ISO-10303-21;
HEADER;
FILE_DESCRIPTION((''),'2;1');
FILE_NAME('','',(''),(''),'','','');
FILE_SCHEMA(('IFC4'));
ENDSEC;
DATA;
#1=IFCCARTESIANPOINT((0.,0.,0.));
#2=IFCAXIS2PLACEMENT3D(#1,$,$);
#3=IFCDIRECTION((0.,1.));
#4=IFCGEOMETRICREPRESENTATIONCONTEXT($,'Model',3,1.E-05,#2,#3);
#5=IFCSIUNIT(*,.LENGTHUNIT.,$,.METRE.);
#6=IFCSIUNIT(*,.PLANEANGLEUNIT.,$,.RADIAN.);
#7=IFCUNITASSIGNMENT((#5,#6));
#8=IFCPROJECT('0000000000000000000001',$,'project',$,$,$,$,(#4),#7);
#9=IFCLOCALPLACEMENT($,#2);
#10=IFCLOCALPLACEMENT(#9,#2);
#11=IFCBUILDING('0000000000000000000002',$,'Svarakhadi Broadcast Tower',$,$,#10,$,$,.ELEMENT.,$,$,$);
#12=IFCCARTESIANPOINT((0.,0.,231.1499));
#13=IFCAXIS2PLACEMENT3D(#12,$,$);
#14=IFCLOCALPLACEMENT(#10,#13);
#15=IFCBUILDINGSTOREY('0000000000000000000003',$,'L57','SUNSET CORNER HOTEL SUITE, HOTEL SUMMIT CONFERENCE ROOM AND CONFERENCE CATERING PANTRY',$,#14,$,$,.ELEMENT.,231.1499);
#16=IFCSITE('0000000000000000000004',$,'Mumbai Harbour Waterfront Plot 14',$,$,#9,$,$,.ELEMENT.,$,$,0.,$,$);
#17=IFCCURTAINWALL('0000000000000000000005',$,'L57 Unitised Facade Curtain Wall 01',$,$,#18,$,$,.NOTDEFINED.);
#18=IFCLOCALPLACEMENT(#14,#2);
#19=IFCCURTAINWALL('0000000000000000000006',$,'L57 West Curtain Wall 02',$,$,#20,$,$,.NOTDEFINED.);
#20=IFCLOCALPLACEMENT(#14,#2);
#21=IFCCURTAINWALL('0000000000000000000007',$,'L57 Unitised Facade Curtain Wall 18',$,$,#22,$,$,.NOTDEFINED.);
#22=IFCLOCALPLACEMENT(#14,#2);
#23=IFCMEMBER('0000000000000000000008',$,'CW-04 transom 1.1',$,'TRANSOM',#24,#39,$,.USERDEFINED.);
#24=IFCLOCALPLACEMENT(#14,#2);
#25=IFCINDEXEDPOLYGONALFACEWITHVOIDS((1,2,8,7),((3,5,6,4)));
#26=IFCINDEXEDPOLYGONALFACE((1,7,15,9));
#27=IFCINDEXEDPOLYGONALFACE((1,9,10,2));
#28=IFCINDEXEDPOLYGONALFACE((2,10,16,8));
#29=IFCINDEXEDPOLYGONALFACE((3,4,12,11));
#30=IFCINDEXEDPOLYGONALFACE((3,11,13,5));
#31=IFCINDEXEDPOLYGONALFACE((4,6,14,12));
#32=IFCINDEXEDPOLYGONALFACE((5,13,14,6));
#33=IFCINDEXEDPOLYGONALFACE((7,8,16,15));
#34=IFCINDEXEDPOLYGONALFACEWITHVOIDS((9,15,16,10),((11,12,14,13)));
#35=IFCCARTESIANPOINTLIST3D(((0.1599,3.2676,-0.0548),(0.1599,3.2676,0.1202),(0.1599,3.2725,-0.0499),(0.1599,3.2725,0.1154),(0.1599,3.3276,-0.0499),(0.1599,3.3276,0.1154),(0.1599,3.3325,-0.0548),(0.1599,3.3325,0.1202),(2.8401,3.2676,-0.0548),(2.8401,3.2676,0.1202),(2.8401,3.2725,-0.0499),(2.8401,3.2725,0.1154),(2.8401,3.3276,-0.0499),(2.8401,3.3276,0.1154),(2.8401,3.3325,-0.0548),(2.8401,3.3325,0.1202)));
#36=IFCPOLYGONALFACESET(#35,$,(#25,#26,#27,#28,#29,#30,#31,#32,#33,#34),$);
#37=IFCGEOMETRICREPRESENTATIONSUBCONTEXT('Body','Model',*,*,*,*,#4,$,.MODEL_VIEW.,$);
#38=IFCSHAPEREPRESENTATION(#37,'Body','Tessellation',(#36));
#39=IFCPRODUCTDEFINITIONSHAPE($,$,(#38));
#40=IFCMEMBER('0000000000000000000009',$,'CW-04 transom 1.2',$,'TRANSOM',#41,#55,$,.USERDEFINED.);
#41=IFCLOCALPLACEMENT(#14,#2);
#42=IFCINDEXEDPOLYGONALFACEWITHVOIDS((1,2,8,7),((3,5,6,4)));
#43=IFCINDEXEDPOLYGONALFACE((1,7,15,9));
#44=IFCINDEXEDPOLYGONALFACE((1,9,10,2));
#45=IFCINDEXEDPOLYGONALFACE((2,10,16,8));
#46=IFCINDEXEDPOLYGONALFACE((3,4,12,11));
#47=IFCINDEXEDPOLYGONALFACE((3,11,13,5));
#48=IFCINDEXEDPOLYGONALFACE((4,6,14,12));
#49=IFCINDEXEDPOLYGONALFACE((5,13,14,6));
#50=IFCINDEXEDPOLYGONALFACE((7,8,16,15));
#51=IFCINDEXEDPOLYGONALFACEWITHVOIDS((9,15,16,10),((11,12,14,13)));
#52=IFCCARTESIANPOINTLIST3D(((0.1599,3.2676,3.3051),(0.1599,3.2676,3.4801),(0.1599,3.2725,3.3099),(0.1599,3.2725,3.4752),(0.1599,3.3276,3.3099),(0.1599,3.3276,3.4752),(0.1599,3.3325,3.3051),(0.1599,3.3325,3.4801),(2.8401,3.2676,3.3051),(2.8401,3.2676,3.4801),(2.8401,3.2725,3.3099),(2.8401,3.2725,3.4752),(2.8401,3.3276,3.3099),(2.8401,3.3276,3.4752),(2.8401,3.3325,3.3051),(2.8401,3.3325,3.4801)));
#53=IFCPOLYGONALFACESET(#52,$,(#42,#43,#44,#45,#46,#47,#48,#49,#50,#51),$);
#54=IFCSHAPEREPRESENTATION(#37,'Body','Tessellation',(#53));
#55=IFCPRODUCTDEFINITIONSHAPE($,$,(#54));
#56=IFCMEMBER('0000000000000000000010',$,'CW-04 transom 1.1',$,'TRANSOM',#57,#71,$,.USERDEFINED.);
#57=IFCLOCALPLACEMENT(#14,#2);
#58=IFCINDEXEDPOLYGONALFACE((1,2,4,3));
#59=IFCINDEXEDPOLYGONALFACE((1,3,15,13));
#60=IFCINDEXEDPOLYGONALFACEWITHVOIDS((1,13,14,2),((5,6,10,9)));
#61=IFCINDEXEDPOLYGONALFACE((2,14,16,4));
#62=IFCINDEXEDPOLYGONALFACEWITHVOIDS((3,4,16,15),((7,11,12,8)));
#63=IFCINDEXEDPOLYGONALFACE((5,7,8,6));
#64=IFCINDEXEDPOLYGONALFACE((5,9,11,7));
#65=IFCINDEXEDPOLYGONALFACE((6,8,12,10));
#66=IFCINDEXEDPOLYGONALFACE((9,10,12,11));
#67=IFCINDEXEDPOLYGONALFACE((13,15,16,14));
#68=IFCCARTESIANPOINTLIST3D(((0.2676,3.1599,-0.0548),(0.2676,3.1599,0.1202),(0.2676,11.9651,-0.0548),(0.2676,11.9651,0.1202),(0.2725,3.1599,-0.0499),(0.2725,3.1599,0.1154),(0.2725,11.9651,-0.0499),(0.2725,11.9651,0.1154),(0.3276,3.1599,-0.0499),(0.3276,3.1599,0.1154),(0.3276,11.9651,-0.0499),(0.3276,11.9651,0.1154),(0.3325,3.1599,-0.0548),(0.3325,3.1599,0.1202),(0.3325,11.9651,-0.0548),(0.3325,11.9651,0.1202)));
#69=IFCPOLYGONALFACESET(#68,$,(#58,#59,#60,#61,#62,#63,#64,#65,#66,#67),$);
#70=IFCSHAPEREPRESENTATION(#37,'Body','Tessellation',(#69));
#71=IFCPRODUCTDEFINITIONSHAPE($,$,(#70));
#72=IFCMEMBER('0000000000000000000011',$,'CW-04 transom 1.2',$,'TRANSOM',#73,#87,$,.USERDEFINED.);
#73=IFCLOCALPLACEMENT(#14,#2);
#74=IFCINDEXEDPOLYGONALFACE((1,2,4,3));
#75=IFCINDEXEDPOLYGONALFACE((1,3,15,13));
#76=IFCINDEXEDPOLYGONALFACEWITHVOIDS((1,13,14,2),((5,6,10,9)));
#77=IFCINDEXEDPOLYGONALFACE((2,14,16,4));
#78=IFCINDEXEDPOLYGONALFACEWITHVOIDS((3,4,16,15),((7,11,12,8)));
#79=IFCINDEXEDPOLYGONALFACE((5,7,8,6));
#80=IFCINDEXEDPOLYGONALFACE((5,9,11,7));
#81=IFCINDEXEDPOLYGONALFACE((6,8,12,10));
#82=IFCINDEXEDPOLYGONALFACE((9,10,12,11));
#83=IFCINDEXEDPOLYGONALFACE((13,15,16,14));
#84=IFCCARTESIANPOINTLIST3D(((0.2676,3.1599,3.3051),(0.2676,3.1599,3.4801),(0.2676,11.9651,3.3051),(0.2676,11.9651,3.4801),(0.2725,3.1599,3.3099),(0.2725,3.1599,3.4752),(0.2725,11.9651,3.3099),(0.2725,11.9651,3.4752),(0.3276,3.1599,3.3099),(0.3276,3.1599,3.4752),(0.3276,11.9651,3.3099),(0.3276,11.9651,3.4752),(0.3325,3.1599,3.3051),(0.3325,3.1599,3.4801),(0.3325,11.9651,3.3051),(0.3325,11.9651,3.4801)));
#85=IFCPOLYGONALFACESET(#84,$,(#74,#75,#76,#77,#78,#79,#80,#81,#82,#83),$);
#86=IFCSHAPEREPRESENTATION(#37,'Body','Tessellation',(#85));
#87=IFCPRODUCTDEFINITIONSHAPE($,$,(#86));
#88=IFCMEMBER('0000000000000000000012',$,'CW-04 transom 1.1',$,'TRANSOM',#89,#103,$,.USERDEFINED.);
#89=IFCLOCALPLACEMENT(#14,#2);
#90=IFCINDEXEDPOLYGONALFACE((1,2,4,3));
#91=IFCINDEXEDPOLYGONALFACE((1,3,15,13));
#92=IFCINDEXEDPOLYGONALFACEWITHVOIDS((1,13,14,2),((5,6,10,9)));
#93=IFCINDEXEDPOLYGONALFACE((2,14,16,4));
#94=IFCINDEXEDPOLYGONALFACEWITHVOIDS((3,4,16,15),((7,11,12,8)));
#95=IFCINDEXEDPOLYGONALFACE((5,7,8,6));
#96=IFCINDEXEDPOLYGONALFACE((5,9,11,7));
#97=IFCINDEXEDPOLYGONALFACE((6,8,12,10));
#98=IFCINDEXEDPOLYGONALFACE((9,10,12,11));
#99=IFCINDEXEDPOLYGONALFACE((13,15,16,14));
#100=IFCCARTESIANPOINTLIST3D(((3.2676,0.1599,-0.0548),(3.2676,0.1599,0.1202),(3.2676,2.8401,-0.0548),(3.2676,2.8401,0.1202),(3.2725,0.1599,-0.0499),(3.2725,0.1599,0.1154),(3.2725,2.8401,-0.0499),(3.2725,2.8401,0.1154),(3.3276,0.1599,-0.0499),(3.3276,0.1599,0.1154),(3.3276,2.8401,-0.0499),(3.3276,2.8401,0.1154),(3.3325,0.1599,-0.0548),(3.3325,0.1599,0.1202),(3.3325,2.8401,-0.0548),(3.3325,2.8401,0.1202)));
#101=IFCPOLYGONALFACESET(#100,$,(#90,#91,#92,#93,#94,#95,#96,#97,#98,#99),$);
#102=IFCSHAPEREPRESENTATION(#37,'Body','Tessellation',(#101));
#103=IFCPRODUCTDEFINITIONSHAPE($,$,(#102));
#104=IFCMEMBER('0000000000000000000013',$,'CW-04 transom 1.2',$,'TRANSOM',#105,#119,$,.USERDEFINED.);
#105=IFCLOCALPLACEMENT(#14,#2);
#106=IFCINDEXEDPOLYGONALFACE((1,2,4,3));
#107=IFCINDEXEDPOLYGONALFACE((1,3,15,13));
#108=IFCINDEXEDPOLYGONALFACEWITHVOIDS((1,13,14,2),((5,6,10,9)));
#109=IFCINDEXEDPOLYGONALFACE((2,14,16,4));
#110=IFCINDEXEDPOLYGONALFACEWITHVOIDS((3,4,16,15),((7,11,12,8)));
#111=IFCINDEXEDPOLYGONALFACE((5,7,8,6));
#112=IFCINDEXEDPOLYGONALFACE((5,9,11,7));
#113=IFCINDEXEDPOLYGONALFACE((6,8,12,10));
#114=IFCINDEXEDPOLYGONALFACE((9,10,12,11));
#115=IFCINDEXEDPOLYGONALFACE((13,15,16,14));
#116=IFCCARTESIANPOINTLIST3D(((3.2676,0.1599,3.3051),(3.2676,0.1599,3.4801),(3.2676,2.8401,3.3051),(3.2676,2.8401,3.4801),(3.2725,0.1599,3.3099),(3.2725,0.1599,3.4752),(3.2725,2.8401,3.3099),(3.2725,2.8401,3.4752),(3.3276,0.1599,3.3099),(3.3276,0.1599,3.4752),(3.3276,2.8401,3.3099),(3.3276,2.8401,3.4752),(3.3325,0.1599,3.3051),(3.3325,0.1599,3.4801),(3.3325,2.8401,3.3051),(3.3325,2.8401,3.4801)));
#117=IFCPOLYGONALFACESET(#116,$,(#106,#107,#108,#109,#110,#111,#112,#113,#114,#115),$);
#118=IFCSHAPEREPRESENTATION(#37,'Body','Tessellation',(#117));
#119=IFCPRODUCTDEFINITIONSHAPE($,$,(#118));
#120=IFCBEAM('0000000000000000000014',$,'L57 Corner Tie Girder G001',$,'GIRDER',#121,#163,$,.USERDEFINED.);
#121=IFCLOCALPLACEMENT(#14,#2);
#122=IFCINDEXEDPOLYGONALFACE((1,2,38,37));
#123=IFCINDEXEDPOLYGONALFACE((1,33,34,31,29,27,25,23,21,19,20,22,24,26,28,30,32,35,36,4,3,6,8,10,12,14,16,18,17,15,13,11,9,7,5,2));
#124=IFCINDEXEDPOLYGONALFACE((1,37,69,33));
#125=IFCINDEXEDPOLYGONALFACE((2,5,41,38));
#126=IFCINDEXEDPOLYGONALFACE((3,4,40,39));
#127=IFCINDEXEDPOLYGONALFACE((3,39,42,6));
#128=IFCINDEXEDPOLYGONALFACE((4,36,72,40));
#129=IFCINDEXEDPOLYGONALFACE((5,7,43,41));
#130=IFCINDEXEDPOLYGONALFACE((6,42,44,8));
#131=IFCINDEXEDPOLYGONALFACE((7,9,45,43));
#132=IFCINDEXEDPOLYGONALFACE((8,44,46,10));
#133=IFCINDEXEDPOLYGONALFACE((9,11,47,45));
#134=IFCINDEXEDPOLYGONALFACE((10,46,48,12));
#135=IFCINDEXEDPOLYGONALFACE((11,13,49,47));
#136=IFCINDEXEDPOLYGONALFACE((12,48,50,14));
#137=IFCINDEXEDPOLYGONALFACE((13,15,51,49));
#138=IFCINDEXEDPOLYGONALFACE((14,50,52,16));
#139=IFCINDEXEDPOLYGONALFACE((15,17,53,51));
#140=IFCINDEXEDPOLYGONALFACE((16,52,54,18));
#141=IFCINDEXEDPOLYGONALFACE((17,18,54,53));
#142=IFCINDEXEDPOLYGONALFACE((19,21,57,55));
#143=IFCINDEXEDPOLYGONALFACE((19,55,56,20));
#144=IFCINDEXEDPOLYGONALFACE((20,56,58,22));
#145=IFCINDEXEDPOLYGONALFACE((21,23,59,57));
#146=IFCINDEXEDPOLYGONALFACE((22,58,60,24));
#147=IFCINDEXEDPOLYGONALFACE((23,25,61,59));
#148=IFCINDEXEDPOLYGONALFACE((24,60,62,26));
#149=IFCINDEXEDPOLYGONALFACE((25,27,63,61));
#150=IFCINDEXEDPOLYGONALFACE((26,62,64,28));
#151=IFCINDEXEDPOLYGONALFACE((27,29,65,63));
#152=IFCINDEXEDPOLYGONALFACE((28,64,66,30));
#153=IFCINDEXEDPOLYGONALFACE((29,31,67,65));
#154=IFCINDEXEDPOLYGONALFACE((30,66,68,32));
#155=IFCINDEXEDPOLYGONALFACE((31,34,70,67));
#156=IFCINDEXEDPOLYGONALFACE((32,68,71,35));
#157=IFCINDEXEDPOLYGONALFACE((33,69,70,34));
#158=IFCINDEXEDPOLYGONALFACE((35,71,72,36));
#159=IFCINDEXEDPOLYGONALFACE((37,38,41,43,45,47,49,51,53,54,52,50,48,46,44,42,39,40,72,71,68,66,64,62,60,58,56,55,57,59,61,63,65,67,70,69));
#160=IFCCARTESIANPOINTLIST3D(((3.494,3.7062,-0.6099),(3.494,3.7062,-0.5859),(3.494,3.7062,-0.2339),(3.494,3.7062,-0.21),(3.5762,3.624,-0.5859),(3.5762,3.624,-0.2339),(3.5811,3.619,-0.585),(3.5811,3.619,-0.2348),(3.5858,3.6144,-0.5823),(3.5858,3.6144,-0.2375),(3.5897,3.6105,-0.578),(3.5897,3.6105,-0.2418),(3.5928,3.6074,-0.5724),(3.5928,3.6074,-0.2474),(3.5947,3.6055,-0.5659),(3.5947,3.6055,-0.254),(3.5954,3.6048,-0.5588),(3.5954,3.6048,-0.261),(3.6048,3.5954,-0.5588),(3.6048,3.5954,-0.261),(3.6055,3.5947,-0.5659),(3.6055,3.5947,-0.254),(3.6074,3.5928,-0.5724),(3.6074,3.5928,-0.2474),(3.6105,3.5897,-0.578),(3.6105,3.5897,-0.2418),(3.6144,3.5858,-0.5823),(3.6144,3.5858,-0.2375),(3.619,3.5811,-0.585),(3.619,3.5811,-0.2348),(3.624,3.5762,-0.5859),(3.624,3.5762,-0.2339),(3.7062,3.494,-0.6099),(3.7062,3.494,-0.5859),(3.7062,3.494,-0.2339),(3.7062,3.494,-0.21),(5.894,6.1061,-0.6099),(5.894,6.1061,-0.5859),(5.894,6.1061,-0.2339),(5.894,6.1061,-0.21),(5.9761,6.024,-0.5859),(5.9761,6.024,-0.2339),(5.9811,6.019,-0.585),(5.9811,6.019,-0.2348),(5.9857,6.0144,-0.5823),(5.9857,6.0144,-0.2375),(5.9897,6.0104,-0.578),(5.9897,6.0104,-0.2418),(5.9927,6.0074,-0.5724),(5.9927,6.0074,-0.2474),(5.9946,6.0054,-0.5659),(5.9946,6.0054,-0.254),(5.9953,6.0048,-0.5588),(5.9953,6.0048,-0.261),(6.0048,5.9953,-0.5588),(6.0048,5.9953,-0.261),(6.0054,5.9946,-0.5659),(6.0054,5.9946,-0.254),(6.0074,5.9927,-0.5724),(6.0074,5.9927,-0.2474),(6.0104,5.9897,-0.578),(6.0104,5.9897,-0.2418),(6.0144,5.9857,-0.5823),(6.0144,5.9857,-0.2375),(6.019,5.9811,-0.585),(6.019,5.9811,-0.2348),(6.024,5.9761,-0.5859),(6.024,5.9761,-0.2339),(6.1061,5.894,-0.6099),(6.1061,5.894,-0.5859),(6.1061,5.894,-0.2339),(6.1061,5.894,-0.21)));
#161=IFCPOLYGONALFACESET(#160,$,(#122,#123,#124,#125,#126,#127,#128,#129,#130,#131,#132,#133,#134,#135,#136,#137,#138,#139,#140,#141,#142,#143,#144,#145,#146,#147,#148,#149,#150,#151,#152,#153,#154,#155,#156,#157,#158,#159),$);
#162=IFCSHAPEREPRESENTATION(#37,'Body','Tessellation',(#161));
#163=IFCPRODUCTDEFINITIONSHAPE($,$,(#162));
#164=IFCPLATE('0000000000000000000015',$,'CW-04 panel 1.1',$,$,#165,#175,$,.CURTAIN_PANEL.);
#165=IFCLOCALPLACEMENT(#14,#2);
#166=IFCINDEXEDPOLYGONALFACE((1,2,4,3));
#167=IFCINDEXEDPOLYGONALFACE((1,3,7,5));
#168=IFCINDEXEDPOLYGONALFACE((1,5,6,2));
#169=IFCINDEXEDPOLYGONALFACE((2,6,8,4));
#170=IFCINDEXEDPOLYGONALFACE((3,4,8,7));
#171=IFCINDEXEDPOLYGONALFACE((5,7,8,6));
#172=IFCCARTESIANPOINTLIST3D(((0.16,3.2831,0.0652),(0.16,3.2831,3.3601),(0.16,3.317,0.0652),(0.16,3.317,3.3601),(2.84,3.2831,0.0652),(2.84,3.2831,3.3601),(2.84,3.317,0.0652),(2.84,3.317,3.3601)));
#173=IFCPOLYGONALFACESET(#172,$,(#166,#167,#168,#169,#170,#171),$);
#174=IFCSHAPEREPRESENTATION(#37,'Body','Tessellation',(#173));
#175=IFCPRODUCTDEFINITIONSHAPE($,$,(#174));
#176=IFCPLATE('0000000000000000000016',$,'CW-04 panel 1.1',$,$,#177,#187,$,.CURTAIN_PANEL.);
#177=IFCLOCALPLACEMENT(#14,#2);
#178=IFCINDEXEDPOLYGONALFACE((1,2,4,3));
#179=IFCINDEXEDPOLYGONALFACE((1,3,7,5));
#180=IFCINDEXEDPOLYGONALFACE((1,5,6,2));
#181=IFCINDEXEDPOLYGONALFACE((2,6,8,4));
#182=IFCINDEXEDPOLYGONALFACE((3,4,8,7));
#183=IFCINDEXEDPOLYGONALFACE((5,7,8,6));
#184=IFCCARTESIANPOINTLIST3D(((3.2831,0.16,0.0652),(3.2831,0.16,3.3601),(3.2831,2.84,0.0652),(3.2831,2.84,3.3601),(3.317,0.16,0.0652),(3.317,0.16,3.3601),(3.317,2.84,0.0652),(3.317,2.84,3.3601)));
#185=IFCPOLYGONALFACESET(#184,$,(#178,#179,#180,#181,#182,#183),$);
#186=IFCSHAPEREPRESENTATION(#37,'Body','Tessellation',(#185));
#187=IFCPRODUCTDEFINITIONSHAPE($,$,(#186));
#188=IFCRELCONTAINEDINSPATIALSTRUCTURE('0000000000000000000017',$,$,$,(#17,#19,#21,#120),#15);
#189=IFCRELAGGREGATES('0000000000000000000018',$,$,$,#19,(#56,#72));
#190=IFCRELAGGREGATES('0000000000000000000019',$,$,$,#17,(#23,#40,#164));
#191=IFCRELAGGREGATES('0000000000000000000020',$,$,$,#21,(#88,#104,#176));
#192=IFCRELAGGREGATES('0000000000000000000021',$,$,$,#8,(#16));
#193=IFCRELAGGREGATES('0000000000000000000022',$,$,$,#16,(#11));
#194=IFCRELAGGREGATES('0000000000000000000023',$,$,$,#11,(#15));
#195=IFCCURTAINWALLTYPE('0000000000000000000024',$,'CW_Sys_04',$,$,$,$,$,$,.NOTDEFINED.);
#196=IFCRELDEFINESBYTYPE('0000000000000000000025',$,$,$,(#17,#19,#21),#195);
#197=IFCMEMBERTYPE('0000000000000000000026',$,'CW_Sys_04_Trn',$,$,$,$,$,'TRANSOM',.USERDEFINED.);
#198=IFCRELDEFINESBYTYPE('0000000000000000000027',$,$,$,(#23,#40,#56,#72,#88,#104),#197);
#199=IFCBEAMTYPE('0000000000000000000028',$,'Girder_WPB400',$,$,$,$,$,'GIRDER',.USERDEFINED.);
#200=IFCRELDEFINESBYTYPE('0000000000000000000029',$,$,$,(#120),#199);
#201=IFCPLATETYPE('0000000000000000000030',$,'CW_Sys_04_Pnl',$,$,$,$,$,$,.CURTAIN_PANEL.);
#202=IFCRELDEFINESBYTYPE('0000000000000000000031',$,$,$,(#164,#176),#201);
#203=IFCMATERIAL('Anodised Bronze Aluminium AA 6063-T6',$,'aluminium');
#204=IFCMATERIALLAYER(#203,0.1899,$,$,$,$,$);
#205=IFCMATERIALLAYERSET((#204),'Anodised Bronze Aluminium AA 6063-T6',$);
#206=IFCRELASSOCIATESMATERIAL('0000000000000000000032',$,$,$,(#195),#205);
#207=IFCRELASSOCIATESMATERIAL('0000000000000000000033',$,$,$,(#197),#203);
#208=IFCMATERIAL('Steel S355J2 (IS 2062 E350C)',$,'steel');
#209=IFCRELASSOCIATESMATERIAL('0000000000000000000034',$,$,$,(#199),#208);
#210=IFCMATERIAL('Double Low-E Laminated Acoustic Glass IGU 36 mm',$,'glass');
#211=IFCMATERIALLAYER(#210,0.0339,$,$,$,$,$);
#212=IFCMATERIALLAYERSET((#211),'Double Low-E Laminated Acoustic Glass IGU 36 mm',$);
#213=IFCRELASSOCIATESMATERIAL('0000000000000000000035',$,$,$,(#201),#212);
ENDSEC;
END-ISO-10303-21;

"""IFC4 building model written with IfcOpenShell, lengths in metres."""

from ifc_helpers import new_model, si_unit, direction, frame, origin, origin_2d, place, context, subcontext, project, spatial, rectangle, hollow_rectangle, i_section, extrude, material, layer, layer_set, material_profile, profile_set, type_object, element, aggregate, save


model = new_model("IFC4")

# Units and contexts
model_context = context("Model", 3, precision=1e-05, world=origin(), true_north=direction((0.0, 1.0)))
body_context = subcontext(model_context, "Body", "Model", "MODEL_VIEW")
ifc_project = project(units=[si_unit("LENGTHUNIT", "METRE"), si_unit("PLANEANGLEUNIT", "RADIAN")], contexts=[model_context])

# Site, building, storey
site_placement = place(None, origin())
site = spatial("IfcSite", under=ifc_project, at=site_placement, Name="Mumbai Harbour Waterfront Plot 14", CompositionType="ELEMENT", RefElevation=0.0)
building_placement = place(site_placement, origin())
building = spatial("IfcBuilding", under=site, at=building_placement, Name="Svarakhadi Broadcast Tower", CompositionType="ELEMENT")
storey_placement = place(building_placement, frame((0.0, 0.0, 231.1499)))
storey = spatial("IfcBuildingStorey", under=building, at=storey_placement, Name="L57", Description="SUNSET CORNER HOTEL SUITE, HOTEL SUMMIT CONFERENCE ROOM AND CONFERENCE CATERING PANTRY", CompositionType="ELEMENT", Elevation=231.1499)

# Curtain wall
ifc_material_1 = material(Name="Anodised Bronze Aluminium AA 6063-T6", Category="aluminium")
ifc_layer_1 = layer(ifc_material_1, 0.1899)
ifc_layer_set_1 = layer_set([ifc_layer_1], Name="Anodised Bronze Aluminium AA 6063-T6")
curtain_wall_type = type_object("IfcCurtainWallType", Name="CW_Sys_04", PredefinedType="NOTDEFINED", material=ifc_layer_set_1)
curtain_wall_1_placement = place(storey_placement, origin())
curtain_wall_1 = element("IfcCurtainWall", 1, at=curtain_wall_1_placement, inside=storey, type_object=curtain_wall_type, Name="L57 Unitised Facade Curtain Wall 01", PredefinedType="NOTDEFINED")

# Curtain wall
curtain_wall_2_placement = place(storey_placement, origin())
curtain_wall_2 = element("IfcCurtainWall", 2, at=curtain_wall_2_placement, inside=storey, type_object=curtain_wall_type, Name="L57 West Curtain Wall 02", PredefinedType="NOTDEFINED")

# Curtain wall
curtain_wall_3_placement = place(storey_placement, origin())
curtain_wall_3 = element("IfcCurtainWall", 3, at=curtain_wall_3_placement, inside=storey, type_object=curtain_wall_type, Name="L57 Unitised Facade Curtain Wall 18", PredefinedType="NOTDEFINED")

# Members
ifc_material_profile_1 = material_profile(ifc_material_1, hollow_rectangle(XDim=0.0649, YDim=0.175, WallThickness=0.0049, at=origin_2d()), Name="ALU TRANSOM 175x65x5")
ifc_profile_set_1 = profile_set([ifc_material_profile_1], Name="Anodised Bronze Aluminium AA 6063-T6")
member_type_1 = type_object("IfcMemberType", Name="CW_Sys_04_Trn", ElementType="TRANSOM", PredefinedType="USERDEFINED", material=ifc_profile_set_1)
member_1_placement = place(storey_placement, frame((2.8401, 3.3, 0.0327), z_axis=(-1.0, 0.0, 0.0), x_axis=(0.0, -1.0, 0.0)))
member_1 = element("IfcMember", 4, at=member_1_placement, type_object=member_type_1, Name="CW-04 transom 1.1", ObjectType="TRANSOM", PredefinedType="USERDEFINED", context=body_context, shape_type="SweptSolid", body=[
    extrude(hollow_rectangle(XDim=0.0649, YDim=0.175, WallThickness=0.0049, at=origin_2d()), origin(), (0.0, 0.0, 1.0), 2.6802),
])
member_2_placement = place(storey_placement, frame((2.8401, 3.3, 3.3926), z_axis=(-1.0, 0.0, 0.0), x_axis=(0.0, -1.0, 0.0)))
member_2 = element("IfcMember", 5, at=member_2_placement, type_object=member_type_1, Name="CW-04 transom 1.2", ObjectType="TRANSOM", PredefinedType="USERDEFINED", context=body_context, shape_type="SweptSolid", body=[
    extrude(hollow_rectangle(XDim=0.0649, YDim=0.175, WallThickness=0.0049, at=origin_2d()), origin(), (0.0, 0.0, 1.0), 2.6802),
])
member_3_placement = place(storey_placement, frame((0.3, 3.1599, 0.0327), z_axis=(0.0, 1.0, 0.0), x_axis=(-1.0, 0.0, 0.0)))
member_3 = element("IfcMember", 6, at=member_3_placement, type_object=member_type_1, Name="CW-04 transom 1.1", ObjectType="TRANSOM", PredefinedType="USERDEFINED", context=body_context, shape_type="SweptSolid", body=[
    extrude(hollow_rectangle(XDim=0.0649, YDim=0.175, WallThickness=0.0049, at=origin_2d()), origin(), (0.0, 0.0, 1.0), 8.8052),
])
member_4_placement = place(storey_placement, frame((0.3, 3.1599, 3.3926), z_axis=(0.0, 1.0, 0.0), x_axis=(-1.0, 0.0, 0.0)))
member_4 = element("IfcMember", 7, at=member_4_placement, type_object=member_type_1, Name="CW-04 transom 1.2", ObjectType="TRANSOM", PredefinedType="USERDEFINED", context=body_context, shape_type="SweptSolid", body=[
    extrude(hollow_rectangle(XDim=0.0649, YDim=0.175, WallThickness=0.0049, at=origin_2d()), origin(), (0.0, 0.0, 1.0), 8.8052),
])
aggregate(curtain_wall_2, [member_3, member_4])
member_5_placement = place(storey_placement, frame((3.3, 0.1599, 0.0327), z_axis=(0.0, 1.0, 0.0), x_axis=(-1.0, 0.0, 0.0)))
member_5 = element("IfcMember", 8, at=member_5_placement, type_object=member_type_1, Name="CW-04 transom 1.1", ObjectType="TRANSOM", PredefinedType="USERDEFINED", context=body_context, shape_type="SweptSolid", body=[
    extrude(hollow_rectangle(XDim=0.0649, YDim=0.175, WallThickness=0.0049, at=origin_2d()), origin(), (0.0, 0.0, 1.0), 2.6802),
])
member_6_placement = place(storey_placement, frame((3.3, 0.1599, 3.3926), z_axis=(0.0, 1.0, 0.0), x_axis=(-1.0, 0.0, 0.0)))
member_6 = element("IfcMember", 9, at=member_6_placement, type_object=member_type_1, Name="CW-04 transom 1.2", ObjectType="TRANSOM", PredefinedType="USERDEFINED", context=body_context, shape_type="SweptSolid", body=[
    extrude(hollow_rectangle(XDim=0.0649, YDim=0.175, WallThickness=0.0049, at=origin_2d()), origin(), (0.0, 0.0, 1.0), 2.6802),
])

# Beam
ifc_material_2 = material(Name="Steel S355J2 (IS 2062 E350C)", Category="steel")
ifc_material_profile_2 = material_profile(ifc_material_2, i_section(OverallWidth=0.3, OverallDepth=0.3999, WebThickness=0.0134, FlangeThickness=0.0239, FilletRadius=0.0271, at=origin_2d()), Name="WPB 400x300x155")
ifc_profile_set_2 = profile_set([ifc_material_profile_2], Name="Steel S355J2 (IS 2062 E350C)")
beam_type = type_object("IfcBeamType", Name="Girder_WPB400", ElementType="GIRDER", PredefinedType="USERDEFINED", material=ifc_profile_set_2)
beam_placement = place(storey_placement, frame((3.6001, 3.6001, -0.4099), z_axis=(0.707107, 0.707107, 0.0), x_axis=(-0.707107, 0.707107, 0.0)))
element("IfcBeam", 10, at=beam_placement, inside=storey, type_object=beam_type, Name="L57 Corner Tie Girder G001", ObjectType="GIRDER", PredefinedType="USERDEFINED", context=body_context, shape_type="SweptSolid", body=[
    extrude(i_section(OverallWidth=0.3, OverallDepth=0.3999, WebThickness=0.0134, FlangeThickness=0.0239, FilletRadius=0.0271, at=origin_2d()), origin(), (0.0, 0.0, 1.0), 3.394),
])

# Plates
ifc_material_3 = material(Name="Double Low-E Laminated Acoustic Glass IGU 36 mm", Category="glass")
ifc_layer_2 = layer(ifc_material_3, 0.0339)
ifc_layer_set_2 = layer_set([ifc_layer_2], Name="Double Low-E Laminated Acoustic Glass IGU 36 mm")
plate_type = type_object("IfcPlateType", Name="CW_Sys_04_Pnl", PredefinedType="CURTAIN_PANEL", material=ifc_layer_set_2)
plate_1_placement = place(storey_placement, frame((1.5, 3.3, 0.0652), z_axis=(0.0, 0.0, 1.0), x_axis=(-1.0, 0.0, 0.0)))
plate_1 = element("IfcPlate", 11, at=plate_1_placement, type_object=plate_type, Name="CW-04 panel 1.1", PredefinedType="CURTAIN_PANEL", context=body_context, shape_type="SweptSolid", body=[
    extrude(rectangle(XDim=2.6799, YDim=0.0339, at=origin_2d()), origin(), (0.0, 0.0, 1.0), 3.2949),
])
aggregate(curtain_wall_1, [member_1, member_2, plate_1])
plate_2_placement = place(storey_placement, frame((3.3, 1.5, 0.0652), z_axis=(0.0, 0.0, 1.0), x_axis=(0.0, 1.0, 0.0)))
plate_2 = element("IfcPlate", 12, at=plate_2_placement, type_object=plate_type, Name="CW-04 panel 1.1", PredefinedType="CURTAIN_PANEL", context=body_context, shape_type="SweptSolid", body=[
    extrude(rectangle(XDim=2.6799, YDim=0.0339, at=origin_2d()), origin(), (0.0, 0.0, 1.0), 3.2949),
])
aggregate(curtain_wall_3, [member_5, member_6, plate_2])

save(model, "model.ifc")
